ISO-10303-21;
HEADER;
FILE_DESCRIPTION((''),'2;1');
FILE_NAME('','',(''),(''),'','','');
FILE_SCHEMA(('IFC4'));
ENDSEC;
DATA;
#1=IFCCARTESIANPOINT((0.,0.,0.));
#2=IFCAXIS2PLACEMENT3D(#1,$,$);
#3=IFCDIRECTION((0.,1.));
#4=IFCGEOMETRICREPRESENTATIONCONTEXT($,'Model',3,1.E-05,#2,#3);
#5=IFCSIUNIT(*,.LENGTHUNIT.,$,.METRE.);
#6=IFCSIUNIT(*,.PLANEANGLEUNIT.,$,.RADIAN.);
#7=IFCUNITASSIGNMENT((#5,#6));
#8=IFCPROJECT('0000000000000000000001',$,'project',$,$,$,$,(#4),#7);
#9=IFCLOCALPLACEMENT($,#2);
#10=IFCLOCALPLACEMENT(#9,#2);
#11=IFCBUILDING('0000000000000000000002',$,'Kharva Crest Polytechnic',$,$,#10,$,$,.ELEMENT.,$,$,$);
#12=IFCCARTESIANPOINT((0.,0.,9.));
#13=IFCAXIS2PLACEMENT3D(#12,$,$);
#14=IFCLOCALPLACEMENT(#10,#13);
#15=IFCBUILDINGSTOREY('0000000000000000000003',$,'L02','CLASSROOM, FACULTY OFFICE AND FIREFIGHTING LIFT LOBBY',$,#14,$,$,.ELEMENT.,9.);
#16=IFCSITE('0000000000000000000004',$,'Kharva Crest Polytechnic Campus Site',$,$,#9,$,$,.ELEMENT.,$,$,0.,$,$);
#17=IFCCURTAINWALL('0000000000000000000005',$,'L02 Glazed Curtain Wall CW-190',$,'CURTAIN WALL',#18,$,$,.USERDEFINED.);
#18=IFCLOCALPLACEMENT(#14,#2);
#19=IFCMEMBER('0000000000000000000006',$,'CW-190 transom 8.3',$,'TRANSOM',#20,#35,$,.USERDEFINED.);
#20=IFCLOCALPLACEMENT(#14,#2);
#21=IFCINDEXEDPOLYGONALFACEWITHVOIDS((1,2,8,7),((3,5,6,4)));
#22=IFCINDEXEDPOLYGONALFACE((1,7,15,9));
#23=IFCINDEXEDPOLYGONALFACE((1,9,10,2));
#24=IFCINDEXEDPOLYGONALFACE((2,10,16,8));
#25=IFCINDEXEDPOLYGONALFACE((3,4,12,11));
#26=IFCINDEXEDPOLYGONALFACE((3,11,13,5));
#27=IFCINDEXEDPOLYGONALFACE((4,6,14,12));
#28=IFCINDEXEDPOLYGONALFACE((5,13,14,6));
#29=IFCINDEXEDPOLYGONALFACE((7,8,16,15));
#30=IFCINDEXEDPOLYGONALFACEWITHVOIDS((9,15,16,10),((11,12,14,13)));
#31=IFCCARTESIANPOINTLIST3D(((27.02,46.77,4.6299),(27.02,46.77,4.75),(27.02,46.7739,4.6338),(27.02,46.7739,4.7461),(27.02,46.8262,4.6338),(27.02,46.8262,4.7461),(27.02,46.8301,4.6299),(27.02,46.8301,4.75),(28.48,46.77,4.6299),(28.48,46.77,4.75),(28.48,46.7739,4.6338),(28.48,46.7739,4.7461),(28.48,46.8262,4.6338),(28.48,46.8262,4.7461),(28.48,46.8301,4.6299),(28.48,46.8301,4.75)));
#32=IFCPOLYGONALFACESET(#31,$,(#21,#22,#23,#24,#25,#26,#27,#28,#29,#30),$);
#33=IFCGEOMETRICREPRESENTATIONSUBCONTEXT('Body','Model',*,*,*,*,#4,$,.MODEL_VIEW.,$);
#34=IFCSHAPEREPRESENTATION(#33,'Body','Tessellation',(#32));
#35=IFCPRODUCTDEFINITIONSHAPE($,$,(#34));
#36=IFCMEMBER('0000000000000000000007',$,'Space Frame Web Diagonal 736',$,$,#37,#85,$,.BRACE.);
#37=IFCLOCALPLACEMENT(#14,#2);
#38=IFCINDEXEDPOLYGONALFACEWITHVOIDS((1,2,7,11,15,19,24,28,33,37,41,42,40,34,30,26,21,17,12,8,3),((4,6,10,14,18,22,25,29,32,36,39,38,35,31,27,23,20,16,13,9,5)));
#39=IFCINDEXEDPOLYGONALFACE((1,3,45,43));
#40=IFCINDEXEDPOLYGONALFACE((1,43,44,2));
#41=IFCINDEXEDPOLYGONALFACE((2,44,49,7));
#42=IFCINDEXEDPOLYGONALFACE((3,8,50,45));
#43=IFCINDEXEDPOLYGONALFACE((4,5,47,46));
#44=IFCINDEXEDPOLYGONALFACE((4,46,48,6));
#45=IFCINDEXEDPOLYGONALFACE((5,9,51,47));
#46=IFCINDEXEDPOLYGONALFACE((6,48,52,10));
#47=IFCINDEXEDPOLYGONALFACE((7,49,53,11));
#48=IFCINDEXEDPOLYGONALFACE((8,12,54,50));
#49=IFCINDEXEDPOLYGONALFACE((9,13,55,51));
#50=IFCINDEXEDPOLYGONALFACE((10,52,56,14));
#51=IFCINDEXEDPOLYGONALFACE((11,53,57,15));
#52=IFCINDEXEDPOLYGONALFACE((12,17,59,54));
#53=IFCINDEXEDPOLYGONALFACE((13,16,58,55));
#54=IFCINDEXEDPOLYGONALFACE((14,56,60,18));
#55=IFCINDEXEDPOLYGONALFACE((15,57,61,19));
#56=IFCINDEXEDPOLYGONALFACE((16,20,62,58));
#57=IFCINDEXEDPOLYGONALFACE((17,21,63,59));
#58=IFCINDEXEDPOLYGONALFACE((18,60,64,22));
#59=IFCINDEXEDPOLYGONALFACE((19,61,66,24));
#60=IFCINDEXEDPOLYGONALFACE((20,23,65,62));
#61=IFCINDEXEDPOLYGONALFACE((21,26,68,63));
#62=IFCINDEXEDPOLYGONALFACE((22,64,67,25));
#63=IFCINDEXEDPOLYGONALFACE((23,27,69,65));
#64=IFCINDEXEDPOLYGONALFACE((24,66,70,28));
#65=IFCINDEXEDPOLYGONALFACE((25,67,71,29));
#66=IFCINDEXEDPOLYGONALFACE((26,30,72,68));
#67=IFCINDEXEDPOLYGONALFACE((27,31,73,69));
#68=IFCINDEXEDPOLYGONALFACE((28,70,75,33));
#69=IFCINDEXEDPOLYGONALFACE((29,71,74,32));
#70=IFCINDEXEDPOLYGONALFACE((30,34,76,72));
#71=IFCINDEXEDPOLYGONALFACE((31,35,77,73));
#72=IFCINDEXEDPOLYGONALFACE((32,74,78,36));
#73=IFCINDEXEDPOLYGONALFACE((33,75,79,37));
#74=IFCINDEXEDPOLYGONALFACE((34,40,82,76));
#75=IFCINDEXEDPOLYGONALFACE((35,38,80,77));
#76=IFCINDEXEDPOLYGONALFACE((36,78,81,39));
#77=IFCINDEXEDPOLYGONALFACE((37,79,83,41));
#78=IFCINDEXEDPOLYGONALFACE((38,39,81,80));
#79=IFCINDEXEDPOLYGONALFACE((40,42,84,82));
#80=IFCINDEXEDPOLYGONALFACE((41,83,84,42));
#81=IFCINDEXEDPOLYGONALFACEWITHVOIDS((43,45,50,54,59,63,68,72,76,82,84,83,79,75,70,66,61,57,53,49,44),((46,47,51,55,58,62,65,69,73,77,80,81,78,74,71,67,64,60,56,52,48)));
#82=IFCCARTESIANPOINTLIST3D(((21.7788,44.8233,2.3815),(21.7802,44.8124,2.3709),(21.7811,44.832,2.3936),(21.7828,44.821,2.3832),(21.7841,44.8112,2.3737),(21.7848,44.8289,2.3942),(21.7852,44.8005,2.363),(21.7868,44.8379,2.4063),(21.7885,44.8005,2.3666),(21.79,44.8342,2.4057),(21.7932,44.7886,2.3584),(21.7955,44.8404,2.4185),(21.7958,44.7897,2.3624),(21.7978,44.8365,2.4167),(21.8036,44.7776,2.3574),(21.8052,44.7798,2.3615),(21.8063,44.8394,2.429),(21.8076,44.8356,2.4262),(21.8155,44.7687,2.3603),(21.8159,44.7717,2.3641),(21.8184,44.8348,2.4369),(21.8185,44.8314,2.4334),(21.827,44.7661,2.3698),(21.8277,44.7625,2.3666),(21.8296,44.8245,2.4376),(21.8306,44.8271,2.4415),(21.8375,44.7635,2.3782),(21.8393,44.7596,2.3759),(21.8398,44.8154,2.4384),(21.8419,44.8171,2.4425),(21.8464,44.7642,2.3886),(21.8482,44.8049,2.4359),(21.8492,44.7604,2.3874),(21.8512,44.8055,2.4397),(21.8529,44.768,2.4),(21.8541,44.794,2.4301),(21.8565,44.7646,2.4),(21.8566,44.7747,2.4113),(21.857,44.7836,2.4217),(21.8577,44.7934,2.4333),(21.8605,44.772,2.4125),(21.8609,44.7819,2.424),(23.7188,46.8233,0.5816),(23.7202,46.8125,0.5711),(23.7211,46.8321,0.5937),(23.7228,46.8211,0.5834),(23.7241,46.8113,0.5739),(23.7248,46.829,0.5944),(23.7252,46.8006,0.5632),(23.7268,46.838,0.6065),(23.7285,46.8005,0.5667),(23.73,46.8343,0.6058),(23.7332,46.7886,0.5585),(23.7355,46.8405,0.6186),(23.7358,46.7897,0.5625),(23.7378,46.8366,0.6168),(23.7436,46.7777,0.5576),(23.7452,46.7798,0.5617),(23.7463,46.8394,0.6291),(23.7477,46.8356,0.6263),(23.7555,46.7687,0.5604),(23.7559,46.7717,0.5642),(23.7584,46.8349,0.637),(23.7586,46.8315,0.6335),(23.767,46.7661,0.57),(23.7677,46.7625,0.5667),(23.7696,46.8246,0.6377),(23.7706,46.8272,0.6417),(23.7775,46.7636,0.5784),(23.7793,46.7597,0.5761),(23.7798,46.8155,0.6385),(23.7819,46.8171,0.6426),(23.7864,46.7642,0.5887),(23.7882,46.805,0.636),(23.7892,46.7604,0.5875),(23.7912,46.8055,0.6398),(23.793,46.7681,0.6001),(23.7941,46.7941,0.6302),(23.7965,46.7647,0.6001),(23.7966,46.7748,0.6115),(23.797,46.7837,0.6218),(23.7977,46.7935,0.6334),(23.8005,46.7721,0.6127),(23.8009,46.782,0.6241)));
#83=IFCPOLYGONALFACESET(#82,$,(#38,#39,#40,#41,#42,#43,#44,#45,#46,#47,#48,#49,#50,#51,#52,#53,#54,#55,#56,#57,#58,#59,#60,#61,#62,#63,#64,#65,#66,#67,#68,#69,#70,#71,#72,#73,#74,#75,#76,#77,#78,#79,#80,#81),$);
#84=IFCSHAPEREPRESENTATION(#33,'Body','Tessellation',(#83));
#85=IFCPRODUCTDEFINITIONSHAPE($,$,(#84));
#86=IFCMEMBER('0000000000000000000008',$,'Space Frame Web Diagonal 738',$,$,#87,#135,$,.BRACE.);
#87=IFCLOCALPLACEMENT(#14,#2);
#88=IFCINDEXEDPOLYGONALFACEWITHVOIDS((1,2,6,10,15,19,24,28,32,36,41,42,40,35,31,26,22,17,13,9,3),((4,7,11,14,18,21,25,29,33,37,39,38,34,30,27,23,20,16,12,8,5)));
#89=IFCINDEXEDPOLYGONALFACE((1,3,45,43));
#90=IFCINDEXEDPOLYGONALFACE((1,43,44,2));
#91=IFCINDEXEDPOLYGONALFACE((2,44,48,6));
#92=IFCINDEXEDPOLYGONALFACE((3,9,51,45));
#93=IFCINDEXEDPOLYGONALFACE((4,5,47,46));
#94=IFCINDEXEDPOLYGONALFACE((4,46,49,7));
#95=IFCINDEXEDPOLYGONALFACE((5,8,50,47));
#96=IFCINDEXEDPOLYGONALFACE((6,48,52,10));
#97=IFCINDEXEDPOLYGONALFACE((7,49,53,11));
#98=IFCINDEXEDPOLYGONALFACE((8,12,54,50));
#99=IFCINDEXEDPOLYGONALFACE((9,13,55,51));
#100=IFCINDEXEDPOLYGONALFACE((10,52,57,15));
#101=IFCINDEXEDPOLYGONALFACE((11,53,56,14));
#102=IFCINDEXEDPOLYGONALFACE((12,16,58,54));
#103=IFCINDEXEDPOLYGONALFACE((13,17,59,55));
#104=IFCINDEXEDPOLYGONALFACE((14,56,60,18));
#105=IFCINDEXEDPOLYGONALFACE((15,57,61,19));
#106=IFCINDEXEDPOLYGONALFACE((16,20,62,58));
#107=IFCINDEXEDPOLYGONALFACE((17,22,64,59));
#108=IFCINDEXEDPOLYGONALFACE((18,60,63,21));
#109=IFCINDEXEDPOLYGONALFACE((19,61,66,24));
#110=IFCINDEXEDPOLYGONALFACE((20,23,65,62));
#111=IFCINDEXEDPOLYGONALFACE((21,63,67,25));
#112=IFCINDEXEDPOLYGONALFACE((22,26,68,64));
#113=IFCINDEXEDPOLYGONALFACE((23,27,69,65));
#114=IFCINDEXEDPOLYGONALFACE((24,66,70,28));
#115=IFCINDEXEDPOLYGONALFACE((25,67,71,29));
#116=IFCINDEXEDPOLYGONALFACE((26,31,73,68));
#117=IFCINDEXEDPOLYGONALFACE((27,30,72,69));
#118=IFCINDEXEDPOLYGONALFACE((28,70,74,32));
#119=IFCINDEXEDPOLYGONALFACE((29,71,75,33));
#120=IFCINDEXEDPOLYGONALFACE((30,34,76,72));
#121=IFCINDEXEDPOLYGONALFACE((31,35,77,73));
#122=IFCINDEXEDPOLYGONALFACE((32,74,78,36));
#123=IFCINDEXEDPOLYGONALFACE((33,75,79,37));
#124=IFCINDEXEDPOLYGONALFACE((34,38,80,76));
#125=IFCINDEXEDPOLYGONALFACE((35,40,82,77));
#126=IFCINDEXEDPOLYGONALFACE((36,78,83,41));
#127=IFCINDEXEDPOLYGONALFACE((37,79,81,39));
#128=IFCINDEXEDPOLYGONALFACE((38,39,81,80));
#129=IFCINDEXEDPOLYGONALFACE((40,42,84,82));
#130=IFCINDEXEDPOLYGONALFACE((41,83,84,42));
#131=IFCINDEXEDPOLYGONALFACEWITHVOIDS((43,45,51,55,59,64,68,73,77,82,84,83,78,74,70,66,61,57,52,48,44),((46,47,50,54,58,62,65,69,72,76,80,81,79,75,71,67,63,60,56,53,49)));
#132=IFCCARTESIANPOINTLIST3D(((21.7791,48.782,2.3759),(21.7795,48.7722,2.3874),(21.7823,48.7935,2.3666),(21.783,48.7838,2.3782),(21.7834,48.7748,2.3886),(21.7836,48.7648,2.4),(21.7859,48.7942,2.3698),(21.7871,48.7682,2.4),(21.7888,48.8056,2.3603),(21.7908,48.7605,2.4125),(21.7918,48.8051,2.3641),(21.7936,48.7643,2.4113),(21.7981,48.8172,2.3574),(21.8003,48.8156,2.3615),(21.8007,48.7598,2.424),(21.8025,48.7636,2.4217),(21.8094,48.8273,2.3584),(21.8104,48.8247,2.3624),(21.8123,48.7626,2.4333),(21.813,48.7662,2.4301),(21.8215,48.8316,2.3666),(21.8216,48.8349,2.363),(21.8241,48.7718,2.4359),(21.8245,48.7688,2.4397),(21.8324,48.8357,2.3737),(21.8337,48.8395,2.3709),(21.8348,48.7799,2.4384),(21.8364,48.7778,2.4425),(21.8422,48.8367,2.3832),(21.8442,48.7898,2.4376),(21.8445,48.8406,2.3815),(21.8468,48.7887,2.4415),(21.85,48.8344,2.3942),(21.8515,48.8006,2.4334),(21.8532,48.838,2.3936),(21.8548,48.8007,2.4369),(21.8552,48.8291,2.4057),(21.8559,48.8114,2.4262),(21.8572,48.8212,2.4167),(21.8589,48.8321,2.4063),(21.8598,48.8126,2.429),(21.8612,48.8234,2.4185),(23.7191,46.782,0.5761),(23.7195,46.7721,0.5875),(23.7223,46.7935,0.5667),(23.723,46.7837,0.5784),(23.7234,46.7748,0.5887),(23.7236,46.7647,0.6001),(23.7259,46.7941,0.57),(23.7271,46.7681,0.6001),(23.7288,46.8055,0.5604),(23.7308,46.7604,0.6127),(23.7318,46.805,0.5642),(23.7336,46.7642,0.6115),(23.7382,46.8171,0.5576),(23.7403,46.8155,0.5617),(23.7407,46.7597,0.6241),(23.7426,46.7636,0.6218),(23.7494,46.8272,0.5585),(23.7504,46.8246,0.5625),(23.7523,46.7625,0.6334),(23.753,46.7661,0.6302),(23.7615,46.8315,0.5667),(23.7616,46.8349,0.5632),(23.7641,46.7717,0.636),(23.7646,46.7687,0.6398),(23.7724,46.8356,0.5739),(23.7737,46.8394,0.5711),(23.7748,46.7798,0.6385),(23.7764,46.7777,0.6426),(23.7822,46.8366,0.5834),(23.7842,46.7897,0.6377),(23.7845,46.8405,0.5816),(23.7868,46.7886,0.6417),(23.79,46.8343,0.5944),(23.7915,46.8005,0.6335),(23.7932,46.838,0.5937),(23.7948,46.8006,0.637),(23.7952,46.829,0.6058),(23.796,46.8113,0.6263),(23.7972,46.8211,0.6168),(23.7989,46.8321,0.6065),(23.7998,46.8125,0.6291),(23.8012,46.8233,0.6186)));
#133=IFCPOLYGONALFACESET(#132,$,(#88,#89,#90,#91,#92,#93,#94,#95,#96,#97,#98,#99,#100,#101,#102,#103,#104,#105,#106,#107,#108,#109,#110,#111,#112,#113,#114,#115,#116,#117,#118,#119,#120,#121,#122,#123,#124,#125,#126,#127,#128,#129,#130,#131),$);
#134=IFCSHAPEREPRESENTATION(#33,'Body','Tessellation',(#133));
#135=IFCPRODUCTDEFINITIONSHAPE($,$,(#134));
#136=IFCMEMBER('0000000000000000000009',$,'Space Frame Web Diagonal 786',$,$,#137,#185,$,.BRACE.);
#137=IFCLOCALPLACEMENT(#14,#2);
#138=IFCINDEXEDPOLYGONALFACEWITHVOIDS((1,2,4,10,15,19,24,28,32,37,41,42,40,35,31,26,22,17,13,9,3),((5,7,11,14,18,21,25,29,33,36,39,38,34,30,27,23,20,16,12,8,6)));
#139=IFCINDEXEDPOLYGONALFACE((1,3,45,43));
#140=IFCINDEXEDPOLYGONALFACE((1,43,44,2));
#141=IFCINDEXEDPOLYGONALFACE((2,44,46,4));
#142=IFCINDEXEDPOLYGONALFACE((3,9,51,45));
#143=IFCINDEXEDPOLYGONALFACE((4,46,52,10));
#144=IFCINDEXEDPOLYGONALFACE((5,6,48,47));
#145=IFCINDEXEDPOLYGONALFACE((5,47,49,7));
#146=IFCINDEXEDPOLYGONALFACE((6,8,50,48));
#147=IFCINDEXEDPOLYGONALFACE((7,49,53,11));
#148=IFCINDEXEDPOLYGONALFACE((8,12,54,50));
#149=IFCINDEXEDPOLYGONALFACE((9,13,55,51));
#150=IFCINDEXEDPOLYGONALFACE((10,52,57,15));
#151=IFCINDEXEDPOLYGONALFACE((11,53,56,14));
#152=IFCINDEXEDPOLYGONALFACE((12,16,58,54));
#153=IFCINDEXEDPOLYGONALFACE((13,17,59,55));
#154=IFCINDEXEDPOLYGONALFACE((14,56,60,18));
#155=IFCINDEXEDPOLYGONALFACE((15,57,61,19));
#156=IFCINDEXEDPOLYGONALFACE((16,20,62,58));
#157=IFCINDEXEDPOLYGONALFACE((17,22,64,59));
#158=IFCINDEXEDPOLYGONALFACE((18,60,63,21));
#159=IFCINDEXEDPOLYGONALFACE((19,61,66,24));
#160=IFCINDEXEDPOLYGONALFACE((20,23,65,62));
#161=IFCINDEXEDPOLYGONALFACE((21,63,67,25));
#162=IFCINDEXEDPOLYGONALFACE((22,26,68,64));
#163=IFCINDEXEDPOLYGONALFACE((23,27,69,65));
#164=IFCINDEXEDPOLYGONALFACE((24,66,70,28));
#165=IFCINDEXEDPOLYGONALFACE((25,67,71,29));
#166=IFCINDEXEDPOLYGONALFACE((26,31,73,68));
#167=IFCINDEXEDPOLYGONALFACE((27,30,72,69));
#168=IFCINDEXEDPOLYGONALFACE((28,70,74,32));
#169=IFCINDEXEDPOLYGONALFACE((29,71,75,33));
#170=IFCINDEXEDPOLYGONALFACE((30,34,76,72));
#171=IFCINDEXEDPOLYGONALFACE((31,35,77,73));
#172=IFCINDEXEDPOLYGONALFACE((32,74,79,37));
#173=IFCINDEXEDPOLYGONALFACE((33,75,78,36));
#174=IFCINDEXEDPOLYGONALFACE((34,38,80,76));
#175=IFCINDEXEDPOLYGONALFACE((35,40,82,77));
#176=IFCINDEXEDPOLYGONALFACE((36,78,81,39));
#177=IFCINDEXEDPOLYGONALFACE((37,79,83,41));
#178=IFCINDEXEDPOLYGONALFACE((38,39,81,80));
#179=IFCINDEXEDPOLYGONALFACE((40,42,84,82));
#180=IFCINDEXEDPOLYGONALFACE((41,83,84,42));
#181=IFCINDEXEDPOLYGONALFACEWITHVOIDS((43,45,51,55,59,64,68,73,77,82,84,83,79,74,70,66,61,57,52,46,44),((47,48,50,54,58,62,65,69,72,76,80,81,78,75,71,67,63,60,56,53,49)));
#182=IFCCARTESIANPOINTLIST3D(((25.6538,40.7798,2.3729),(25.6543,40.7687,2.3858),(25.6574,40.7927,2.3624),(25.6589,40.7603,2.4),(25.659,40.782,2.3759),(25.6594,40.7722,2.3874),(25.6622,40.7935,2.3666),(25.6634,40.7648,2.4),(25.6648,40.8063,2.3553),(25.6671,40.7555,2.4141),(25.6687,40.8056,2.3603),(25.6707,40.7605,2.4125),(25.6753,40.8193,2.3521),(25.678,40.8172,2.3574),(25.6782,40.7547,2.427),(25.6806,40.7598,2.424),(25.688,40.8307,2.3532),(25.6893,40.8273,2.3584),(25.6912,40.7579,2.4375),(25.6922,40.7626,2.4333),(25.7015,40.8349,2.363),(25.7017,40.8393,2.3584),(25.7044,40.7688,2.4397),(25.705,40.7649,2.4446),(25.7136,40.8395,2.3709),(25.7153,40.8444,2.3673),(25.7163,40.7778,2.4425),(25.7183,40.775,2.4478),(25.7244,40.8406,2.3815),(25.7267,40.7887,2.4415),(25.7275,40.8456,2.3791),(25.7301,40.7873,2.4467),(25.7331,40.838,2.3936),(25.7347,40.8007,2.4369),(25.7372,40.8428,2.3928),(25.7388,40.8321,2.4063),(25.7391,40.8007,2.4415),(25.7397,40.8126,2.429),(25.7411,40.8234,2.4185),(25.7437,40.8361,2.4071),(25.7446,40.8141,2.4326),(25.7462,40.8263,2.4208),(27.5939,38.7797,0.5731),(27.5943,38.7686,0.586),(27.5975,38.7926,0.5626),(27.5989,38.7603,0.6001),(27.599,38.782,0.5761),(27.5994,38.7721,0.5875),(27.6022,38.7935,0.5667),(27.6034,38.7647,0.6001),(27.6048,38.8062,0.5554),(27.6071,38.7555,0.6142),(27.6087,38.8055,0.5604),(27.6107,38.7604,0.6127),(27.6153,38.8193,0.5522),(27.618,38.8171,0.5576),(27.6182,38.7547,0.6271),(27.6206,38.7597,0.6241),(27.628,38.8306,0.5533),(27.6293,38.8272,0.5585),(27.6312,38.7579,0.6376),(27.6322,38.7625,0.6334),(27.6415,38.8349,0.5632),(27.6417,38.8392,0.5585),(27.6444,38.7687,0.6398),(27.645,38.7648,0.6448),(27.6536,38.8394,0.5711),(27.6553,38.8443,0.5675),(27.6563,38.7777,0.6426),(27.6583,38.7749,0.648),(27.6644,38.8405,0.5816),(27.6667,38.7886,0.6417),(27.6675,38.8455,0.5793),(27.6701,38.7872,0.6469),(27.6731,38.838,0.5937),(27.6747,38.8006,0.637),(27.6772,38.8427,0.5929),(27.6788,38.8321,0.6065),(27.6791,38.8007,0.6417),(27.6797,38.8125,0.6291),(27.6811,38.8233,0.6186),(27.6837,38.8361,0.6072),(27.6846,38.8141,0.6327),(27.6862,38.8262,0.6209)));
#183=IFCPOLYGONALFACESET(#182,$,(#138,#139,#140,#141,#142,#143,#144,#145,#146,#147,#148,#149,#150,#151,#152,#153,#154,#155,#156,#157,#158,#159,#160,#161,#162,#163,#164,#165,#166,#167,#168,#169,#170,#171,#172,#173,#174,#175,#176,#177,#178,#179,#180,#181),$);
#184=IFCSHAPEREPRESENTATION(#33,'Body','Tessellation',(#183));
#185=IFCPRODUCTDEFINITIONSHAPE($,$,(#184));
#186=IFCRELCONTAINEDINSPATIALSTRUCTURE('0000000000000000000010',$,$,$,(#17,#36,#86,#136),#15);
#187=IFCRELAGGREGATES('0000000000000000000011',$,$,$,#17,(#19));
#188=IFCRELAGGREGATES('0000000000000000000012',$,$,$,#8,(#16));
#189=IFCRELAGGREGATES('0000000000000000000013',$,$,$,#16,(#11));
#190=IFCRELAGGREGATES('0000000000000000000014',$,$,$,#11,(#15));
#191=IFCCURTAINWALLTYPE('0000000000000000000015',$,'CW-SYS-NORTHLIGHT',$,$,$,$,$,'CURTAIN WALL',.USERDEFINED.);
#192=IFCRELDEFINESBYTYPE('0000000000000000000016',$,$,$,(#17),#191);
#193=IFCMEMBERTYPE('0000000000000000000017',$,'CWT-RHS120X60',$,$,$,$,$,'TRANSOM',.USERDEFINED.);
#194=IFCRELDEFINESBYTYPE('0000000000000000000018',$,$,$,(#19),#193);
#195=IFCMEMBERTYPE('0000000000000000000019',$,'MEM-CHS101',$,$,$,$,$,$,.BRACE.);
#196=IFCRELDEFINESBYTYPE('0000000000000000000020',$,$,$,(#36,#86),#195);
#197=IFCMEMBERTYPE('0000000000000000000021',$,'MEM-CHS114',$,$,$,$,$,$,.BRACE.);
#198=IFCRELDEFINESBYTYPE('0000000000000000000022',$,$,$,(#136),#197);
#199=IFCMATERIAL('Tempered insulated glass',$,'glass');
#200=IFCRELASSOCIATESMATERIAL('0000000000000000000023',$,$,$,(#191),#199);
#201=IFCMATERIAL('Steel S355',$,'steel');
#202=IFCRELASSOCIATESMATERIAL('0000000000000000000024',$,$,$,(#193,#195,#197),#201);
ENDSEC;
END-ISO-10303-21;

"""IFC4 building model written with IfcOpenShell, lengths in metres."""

from ifc_helpers import new_model, si_unit, direction, frame, origin, origin_2d, place, context, subcontext, project, spatial, hollow_rectangle, hollow_circle, extrude, material, material_profile, profile_set, type_object, element, aggregate, save


model = new_model("IFC4")

# Units and contexts
model_context = context("Model", 3, precision=1e-05, world=origin(), true_north=direction((0.0, 1.0)))
body_context = subcontext(model_context, "Body", "Model", "MODEL_VIEW")
ifc_project = project(units=[si_unit("LENGTHUNIT", "METRE"), si_unit("PLANEANGLEUNIT", "RADIAN")], contexts=[model_context])

# Site, building, storey
site_placement = place(None, origin())
site = spatial("IfcSite", under=ifc_project, at=site_placement, Name="Kharva Crest Polytechnic Campus Site", CompositionType="ELEMENT", RefElevation=0.0)
building_placement = place(site_placement, origin())
building = spatial("IfcBuilding", under=site, at=building_placement, Name="Kharva Crest Polytechnic", CompositionType="ELEMENT")
storey_placement = place(building_placement, frame((0.0, 0.0, 9.0)))
storey = spatial("IfcBuildingStorey", under=building, at=storey_placement, Name="L02", Description="CLASSROOM, FACULTY OFFICE AND FIREFIGHTING LIFT LOBBY", CompositionType="ELEMENT", Elevation=9.0)

# Curtain wall, member
ifc_material_1 = material(Name="Tempered insulated glass", Category="glass")
curtain_wall_type = type_object("IfcCurtainWallType", Name="CW-SYS-NORTHLIGHT", ElementType="CURTAIN WALL", PredefinedType="USERDEFINED", material=ifc_material_1)
curtain_wall_placement = place(storey_placement, origin())
curtain_wall = element("IfcCurtainWall", 1, at=curtain_wall_placement, inside=storey, type_object=curtain_wall_type, Name="L02 Glazed Curtain Wall CW-190", ObjectType="CURTAIN WALL", PredefinedType="USERDEFINED")
ifc_material_2 = material(Name="Steel S355", Category="steel")
ifc_material_profile_1 = material_profile(ifc_material_2, hollow_rectangle(XDim=0.0601, YDim=0.1201, WallThickness=0.0039, at=origin_2d()), Name="RHS 120X60X4.0")
ifc_profile_set_1 = profile_set([ifc_material_profile_1], Name="Steel S355")
member_type_1 = type_object("IfcMemberType", Name="CWT-RHS120X60", ElementType="TRANSOM", PredefinedType="USERDEFINED", material=ifc_profile_set_1)
member_1_placement = place(storey_placement, frame((27.02, 46.8, 4.6899), z_axis=(1.0, 0.0, 0.0), x_axis=(0.0, 1.0, 0.0)))
member_1 = element("IfcMember", 2, at=member_1_placement, type_object=member_type_1, Name="CW-190 transom 8.3", ObjectType="TRANSOM", PredefinedType="USERDEFINED", context=body_context, shape_type="SweptSolid", body=[
    extrude(hollow_rectangle(XDim=0.0601, YDim=0.1201, WallThickness=0.0039, at=origin_2d()), origin(), (0.0, 0.0, 1.0), 1.46),
])

# Members
ifc_material_profile_2 = material_profile(ifc_material_2, hollow_circle(Radius=0.0508, WallThickness=0.0049, at=origin_2d()), Name="CHS 101.6X5.0")
ifc_profile_set_2 = profile_set([ifc_material_profile_2], Name="Steel S355")
member_type_2 = type_object("IfcMemberType", Name="MEM-CHS101", PredefinedType="BRACE", material=ifc_profile_set_2)
for number, where, z_axis, x_axis, name in (
    (3, (23.76, 46.8, 0.6001), (-0.584843, -0.60295, 0.542596), (0.717802, -0.696247, 0.0), "Space Frame Web Diagonal 736"),
    (4, (23.76, 46.8, 0.6001), (-0.584843, 0.60295, 0.542596), (-0.717802, -0.696247, 0.0), "Space Frame Web Diagonal 738"),
):
    element("IfcMember", number, at=place(storey_placement, frame(where, z_axis=z_axis, x_axis=x_axis)), inside=storey, type_object=member_type_2, Name=name, PredefinedType="BRACE", context=body_context, shape_type="SweptSolid", body=[
        extrude(hollow_circle(Radius=0.0508, WallThickness=0.0049, at=origin_2d()), origin(), (0.0, 0.0, 1.0), 3.3171),
    ])
ifc_material_profile_3 = material_profile(ifc_material_2, hollow_circle(Radius=0.0571, WallThickness=0.0063, at=origin_2d()), Name="CHS 114.3X6.3")
ifc_profile_set_3 = profile_set([ifc_material_profile_3], Name="Steel S355")
member_type_3 = type_object("IfcMemberType", Name="MEM-CHS114", PredefinedType="BRACE", material=ifc_profile_set_3)
for number, where, z_axis, x_axis, name in (
    (5, (27.6399, 38.8, 0.6001), (-0.584843, 0.60295, 0.542596), (-0.717802, -0.696247, 0.0), "Space Frame Web Diagonal 786"),
):
    element("IfcMember", number, at=place(storey_placement, frame(where, z_axis=z_axis, x_axis=x_axis)), inside=storey, type_object=member_type_3, Name=name, PredefinedType="BRACE", context=body_context, shape_type="SweptSolid", body=[
        extrude(hollow_circle(Radius=0.0571, WallThickness=0.0063, at=origin_2d()), origin(), (0.0, 0.0, 1.0), 3.3171),
    ])

aggregate(curtain_wall, [member_1])

save(model, "model.ifc")
